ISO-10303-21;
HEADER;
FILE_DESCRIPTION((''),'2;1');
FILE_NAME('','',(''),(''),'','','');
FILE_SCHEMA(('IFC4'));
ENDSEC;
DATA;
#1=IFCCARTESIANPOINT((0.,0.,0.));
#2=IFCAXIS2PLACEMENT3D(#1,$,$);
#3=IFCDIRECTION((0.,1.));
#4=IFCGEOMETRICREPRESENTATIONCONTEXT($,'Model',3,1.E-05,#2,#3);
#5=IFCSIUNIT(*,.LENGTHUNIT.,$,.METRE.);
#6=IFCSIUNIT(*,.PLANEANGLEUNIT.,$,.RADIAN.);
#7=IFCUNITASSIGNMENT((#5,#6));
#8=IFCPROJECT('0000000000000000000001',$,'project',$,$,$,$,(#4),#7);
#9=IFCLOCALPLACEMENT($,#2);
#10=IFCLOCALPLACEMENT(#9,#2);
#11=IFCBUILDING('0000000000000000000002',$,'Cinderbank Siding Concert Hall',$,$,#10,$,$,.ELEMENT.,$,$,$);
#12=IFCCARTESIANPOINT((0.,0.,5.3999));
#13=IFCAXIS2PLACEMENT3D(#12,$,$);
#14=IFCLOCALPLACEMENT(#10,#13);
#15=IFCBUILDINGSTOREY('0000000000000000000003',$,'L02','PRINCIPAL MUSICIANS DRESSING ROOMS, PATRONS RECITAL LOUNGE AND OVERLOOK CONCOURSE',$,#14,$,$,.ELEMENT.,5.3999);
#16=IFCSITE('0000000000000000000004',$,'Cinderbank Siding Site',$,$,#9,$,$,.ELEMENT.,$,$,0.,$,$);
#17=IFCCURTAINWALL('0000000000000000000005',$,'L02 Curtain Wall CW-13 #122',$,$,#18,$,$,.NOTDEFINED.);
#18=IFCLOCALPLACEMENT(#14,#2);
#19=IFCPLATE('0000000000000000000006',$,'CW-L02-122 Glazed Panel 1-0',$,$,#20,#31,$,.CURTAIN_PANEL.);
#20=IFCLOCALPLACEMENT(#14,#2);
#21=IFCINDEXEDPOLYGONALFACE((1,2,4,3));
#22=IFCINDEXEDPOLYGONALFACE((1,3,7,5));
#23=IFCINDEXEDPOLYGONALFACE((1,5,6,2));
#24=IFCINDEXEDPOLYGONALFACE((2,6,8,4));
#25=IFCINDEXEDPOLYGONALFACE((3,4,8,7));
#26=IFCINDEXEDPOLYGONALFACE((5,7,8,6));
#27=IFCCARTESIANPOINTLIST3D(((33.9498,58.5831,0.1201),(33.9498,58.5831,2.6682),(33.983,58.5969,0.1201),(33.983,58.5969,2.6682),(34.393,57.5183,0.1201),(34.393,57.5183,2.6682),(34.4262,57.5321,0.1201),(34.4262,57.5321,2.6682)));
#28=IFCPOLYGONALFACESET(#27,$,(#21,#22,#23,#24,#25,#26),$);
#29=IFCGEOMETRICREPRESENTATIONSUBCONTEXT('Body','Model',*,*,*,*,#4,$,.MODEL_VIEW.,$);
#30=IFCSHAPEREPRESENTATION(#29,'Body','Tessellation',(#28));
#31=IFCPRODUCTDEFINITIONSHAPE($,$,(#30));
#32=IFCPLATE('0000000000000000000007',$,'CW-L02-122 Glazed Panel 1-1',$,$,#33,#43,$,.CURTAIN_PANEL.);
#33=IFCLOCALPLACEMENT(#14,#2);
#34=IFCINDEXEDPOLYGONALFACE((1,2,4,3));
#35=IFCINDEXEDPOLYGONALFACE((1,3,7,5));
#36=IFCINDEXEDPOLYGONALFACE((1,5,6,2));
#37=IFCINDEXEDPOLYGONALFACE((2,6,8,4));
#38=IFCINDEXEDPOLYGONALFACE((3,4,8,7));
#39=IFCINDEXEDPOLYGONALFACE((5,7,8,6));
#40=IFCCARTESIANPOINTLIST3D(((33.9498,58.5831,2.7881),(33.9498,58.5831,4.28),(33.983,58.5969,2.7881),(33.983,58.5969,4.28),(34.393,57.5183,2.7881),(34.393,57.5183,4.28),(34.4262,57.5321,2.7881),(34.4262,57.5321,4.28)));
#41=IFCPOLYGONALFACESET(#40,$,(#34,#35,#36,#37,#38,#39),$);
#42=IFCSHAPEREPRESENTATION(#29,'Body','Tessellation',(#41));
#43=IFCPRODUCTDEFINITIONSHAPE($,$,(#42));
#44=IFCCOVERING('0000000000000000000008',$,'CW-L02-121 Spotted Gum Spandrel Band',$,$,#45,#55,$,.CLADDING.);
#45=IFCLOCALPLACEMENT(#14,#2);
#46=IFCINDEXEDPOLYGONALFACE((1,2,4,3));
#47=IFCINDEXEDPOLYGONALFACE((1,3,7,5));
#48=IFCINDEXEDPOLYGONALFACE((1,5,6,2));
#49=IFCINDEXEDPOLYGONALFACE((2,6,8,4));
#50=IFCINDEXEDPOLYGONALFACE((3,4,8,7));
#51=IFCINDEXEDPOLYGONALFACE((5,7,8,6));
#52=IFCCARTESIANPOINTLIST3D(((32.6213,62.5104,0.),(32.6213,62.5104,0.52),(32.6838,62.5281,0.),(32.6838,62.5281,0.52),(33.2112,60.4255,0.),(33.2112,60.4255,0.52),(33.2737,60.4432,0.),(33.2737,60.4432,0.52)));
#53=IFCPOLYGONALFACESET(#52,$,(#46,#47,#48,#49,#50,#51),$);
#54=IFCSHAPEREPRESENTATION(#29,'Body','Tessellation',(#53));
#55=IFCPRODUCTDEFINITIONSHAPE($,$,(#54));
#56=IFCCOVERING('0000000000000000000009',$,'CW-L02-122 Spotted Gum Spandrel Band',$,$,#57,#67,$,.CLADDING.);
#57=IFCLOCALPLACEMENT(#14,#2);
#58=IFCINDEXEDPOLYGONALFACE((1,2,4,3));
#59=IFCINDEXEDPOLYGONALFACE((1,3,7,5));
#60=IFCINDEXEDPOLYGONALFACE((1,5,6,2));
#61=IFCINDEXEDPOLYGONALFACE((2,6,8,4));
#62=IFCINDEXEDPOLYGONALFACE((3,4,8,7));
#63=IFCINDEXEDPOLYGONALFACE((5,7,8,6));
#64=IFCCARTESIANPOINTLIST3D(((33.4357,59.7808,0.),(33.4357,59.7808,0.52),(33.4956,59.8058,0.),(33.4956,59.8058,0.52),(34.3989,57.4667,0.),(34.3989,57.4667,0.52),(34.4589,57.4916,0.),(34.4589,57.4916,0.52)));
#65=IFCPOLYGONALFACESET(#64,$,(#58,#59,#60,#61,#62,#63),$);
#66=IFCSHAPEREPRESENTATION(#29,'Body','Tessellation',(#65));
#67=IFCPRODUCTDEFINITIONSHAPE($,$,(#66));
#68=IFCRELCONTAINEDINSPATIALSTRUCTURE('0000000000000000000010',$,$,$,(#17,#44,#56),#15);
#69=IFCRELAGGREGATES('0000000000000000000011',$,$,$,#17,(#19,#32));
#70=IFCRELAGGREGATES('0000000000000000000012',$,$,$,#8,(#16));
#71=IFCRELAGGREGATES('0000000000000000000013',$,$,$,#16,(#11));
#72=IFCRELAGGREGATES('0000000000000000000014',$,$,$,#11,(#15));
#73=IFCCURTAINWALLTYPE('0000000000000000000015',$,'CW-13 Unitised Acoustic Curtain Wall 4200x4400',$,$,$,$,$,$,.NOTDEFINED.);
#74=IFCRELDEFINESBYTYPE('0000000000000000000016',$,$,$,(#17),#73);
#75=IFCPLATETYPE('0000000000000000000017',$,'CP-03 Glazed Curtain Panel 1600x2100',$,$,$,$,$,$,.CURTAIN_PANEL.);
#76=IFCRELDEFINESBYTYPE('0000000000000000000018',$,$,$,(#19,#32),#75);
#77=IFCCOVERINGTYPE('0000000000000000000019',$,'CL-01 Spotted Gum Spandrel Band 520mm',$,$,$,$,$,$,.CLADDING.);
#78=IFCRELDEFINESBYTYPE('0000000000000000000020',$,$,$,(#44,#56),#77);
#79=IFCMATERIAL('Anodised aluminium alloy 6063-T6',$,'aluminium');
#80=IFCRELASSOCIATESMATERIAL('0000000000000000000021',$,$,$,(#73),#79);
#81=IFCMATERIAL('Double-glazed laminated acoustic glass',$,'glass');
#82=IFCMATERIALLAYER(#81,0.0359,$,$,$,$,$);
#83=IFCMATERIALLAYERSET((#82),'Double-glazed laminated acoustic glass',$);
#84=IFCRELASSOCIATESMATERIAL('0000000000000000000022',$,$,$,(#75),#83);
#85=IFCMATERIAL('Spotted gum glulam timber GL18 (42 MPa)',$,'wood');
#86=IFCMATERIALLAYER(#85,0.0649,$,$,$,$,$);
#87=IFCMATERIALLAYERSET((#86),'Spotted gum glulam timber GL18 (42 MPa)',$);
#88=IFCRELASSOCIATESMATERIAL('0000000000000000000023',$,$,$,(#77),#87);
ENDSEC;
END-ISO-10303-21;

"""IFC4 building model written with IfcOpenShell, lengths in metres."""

from ifc_helpers import new_model, si_unit, direction, frame, origin, origin_2d, place, context, subcontext, project, spatial, rectangle, extrude, material, layer, layer_set, type_object, element, aggregate, save


model = new_model("IFC4")

# Units and contexts
model_context = context("Model", 3, precision=1e-05, world=origin(), true_north=direction((0.0, 1.0)))
body_context = subcontext(model_context, "Body", "Model", "MODEL_VIEW")
ifc_project = project(units=[si_unit("LENGTHUNIT", "METRE"), si_unit("PLANEANGLEUNIT", "RADIAN")], contexts=[model_context])

# Site, building, storey
site_placement = place(None, origin())
site = spatial("IfcSite", under=ifc_project, at=site_placement, Name="Cinderbank Siding Site", CompositionType="ELEMENT", RefElevation=0.0)
building_placement = place(site_placement, origin())
building = spatial("IfcBuilding", under=site, at=building_placement, Name="Cinderbank Siding Concert Hall", CompositionType="ELEMENT")
storey_placement = place(building_placement, frame((0.0, 0.0, 5.3999)))
storey = spatial("IfcBuildingStorey", under=building, at=storey_placement, Name="L02", Description="PRINCIPAL MUSICIANS DRESSING ROOMS, PATRONS RECITAL LOUNGE AND OVERLOOK CONCOURSE", CompositionType="ELEMENT", Elevation=5.3999)

# Curtain wall
ifc_material_1 = material(Name="Anodised aluminium alloy 6063-T6", Category="aluminium")
curtain_wall_type_1 = type_object("IfcCurtainWallType", Name="CW-13 Unitised Acoustic Curtain Wall 4200x4400", PredefinedType="NOTDEFINED", material=ifc_material_1)
curtain_wall_1_placement = place(storey_placement, origin())
curtain_wall_1 = element("IfcCurtainWall", 1, at=curtain_wall_1_placement, inside=storey, type_object=curtain_wall_type_1, Name="L02 Curtain Wall CW-13 #122", PredefinedType="NOTDEFINED")

# Shared definitions
ifc_material_2 = material(Name="Spotted gum glulam timber GL18 (42 MPa)", Category="wood")

# Plates
ifc_material_3 = material(Name="Double-glazed laminated acoustic glass", Category="glass")
ifc_layer_1 = layer(ifc_material_3, 0.0359)
ifc_layer_set_1 = layer_set([ifc_layer_1], Name="Double-glazed laminated acoustic glass")
plate_type_1 = type_object("IfcPlateType", Name="CP-03 Glazed Curtain Panel 1600x2100", PredefinedType="CURTAIN_PANEL", material=ifc_layer_set_1)
plate_1_placement = place(storey_placement, frame((34.188, 58.0576, 0.1201), z_axis=(0.0, 0.0, 1.0), x_axis=(0.384274, -0.923219, 0.0)))
plate_1 = element("IfcPlate", 2, at=plate_1_placement, type_object=plate_type_1, Name="CW-L02-122 Glazed Panel 1-0", PredefinedType="CURTAIN_PANEL", context=body_context, shape_type="SweptSolid", body=[
    extrude(rectangle(XDim=1.1533, YDim=0.0359, at=origin_2d()), origin(), (0.0, 0.0, 1.0), 2.5481),
])
plate_2_placement = place(storey_placement, frame((34.188, 58.0576, 2.7881), z_axis=(0.0, 0.0, 1.0), x_axis=(0.384274, -0.923219, 0.0)))
plate_2 = element("IfcPlate", 3, at=plate_2_placement, type_object=plate_type_1, Name="CW-L02-122 Glazed Panel 1-1", PredefinedType="CURTAIN_PANEL", context=body_context, shape_type="SweptSolid", body=[
    extrude(rectangle(XDim=1.1533, YDim=0.0359, at=origin_2d()), origin(), (0.0, 0.0, 1.0), 1.4919),
])
aggregate(curtain_wall_1, [plate_1, plate_2])

# Coverings
ifc_layer_2 = layer(ifc_material_2, 0.0649)
ifc_layer_set_2 = layer_set([ifc_layer_2], Name="Spotted gum glulam timber GL18 (42 MPa)")
covering_type = type_object("IfcCoveringType", Name="CL-01 Spotted Gum Spandrel Band 520mm", PredefinedType="CLADDING", material=ifc_layer_set_2)
covering_1_placement = place(storey_placement, frame((32.9475, 61.4768, 0.0), z_axis=(0.0, 0.0, 1.0), x_axis=(0.272275, -0.962219, 0.0)))
element("IfcCovering", 4, at=covering_1_placement, inside=storey, type_object=covering_type, Name="CW-L02-121 Spotted Gum Spandrel Band", PredefinedType="CLADDING", context=body_context, shape_type="SweptSolid", body=[
    extrude(rectangle(XDim=2.1667, YDim=0.0649, at=origin_2d()), origin(), (0.0, 0.0, 1.0), 0.52),
])
covering_2_placement = place(storey_placement, frame((33.9473, 58.6362, 0.0), z_axis=(0.0, 0.0, 1.0), x_axis=(0.384274, -0.923219, 0.0)))
element("IfcCovering", 5, at=covering_2_placement, inside=storey, type_object=covering_type, Name="CW-L02-122 Spotted Gum Spandrel Band", PredefinedType="CLADDING", context=body_context, shape_type="SweptSolid", body=[
    extrude(rectangle(XDim=2.5066, YDim=0.0649, at=origin_2d()), origin(), (0.0, 0.0, 1.0), 0.52),
])

save(model, "model.ifc")
